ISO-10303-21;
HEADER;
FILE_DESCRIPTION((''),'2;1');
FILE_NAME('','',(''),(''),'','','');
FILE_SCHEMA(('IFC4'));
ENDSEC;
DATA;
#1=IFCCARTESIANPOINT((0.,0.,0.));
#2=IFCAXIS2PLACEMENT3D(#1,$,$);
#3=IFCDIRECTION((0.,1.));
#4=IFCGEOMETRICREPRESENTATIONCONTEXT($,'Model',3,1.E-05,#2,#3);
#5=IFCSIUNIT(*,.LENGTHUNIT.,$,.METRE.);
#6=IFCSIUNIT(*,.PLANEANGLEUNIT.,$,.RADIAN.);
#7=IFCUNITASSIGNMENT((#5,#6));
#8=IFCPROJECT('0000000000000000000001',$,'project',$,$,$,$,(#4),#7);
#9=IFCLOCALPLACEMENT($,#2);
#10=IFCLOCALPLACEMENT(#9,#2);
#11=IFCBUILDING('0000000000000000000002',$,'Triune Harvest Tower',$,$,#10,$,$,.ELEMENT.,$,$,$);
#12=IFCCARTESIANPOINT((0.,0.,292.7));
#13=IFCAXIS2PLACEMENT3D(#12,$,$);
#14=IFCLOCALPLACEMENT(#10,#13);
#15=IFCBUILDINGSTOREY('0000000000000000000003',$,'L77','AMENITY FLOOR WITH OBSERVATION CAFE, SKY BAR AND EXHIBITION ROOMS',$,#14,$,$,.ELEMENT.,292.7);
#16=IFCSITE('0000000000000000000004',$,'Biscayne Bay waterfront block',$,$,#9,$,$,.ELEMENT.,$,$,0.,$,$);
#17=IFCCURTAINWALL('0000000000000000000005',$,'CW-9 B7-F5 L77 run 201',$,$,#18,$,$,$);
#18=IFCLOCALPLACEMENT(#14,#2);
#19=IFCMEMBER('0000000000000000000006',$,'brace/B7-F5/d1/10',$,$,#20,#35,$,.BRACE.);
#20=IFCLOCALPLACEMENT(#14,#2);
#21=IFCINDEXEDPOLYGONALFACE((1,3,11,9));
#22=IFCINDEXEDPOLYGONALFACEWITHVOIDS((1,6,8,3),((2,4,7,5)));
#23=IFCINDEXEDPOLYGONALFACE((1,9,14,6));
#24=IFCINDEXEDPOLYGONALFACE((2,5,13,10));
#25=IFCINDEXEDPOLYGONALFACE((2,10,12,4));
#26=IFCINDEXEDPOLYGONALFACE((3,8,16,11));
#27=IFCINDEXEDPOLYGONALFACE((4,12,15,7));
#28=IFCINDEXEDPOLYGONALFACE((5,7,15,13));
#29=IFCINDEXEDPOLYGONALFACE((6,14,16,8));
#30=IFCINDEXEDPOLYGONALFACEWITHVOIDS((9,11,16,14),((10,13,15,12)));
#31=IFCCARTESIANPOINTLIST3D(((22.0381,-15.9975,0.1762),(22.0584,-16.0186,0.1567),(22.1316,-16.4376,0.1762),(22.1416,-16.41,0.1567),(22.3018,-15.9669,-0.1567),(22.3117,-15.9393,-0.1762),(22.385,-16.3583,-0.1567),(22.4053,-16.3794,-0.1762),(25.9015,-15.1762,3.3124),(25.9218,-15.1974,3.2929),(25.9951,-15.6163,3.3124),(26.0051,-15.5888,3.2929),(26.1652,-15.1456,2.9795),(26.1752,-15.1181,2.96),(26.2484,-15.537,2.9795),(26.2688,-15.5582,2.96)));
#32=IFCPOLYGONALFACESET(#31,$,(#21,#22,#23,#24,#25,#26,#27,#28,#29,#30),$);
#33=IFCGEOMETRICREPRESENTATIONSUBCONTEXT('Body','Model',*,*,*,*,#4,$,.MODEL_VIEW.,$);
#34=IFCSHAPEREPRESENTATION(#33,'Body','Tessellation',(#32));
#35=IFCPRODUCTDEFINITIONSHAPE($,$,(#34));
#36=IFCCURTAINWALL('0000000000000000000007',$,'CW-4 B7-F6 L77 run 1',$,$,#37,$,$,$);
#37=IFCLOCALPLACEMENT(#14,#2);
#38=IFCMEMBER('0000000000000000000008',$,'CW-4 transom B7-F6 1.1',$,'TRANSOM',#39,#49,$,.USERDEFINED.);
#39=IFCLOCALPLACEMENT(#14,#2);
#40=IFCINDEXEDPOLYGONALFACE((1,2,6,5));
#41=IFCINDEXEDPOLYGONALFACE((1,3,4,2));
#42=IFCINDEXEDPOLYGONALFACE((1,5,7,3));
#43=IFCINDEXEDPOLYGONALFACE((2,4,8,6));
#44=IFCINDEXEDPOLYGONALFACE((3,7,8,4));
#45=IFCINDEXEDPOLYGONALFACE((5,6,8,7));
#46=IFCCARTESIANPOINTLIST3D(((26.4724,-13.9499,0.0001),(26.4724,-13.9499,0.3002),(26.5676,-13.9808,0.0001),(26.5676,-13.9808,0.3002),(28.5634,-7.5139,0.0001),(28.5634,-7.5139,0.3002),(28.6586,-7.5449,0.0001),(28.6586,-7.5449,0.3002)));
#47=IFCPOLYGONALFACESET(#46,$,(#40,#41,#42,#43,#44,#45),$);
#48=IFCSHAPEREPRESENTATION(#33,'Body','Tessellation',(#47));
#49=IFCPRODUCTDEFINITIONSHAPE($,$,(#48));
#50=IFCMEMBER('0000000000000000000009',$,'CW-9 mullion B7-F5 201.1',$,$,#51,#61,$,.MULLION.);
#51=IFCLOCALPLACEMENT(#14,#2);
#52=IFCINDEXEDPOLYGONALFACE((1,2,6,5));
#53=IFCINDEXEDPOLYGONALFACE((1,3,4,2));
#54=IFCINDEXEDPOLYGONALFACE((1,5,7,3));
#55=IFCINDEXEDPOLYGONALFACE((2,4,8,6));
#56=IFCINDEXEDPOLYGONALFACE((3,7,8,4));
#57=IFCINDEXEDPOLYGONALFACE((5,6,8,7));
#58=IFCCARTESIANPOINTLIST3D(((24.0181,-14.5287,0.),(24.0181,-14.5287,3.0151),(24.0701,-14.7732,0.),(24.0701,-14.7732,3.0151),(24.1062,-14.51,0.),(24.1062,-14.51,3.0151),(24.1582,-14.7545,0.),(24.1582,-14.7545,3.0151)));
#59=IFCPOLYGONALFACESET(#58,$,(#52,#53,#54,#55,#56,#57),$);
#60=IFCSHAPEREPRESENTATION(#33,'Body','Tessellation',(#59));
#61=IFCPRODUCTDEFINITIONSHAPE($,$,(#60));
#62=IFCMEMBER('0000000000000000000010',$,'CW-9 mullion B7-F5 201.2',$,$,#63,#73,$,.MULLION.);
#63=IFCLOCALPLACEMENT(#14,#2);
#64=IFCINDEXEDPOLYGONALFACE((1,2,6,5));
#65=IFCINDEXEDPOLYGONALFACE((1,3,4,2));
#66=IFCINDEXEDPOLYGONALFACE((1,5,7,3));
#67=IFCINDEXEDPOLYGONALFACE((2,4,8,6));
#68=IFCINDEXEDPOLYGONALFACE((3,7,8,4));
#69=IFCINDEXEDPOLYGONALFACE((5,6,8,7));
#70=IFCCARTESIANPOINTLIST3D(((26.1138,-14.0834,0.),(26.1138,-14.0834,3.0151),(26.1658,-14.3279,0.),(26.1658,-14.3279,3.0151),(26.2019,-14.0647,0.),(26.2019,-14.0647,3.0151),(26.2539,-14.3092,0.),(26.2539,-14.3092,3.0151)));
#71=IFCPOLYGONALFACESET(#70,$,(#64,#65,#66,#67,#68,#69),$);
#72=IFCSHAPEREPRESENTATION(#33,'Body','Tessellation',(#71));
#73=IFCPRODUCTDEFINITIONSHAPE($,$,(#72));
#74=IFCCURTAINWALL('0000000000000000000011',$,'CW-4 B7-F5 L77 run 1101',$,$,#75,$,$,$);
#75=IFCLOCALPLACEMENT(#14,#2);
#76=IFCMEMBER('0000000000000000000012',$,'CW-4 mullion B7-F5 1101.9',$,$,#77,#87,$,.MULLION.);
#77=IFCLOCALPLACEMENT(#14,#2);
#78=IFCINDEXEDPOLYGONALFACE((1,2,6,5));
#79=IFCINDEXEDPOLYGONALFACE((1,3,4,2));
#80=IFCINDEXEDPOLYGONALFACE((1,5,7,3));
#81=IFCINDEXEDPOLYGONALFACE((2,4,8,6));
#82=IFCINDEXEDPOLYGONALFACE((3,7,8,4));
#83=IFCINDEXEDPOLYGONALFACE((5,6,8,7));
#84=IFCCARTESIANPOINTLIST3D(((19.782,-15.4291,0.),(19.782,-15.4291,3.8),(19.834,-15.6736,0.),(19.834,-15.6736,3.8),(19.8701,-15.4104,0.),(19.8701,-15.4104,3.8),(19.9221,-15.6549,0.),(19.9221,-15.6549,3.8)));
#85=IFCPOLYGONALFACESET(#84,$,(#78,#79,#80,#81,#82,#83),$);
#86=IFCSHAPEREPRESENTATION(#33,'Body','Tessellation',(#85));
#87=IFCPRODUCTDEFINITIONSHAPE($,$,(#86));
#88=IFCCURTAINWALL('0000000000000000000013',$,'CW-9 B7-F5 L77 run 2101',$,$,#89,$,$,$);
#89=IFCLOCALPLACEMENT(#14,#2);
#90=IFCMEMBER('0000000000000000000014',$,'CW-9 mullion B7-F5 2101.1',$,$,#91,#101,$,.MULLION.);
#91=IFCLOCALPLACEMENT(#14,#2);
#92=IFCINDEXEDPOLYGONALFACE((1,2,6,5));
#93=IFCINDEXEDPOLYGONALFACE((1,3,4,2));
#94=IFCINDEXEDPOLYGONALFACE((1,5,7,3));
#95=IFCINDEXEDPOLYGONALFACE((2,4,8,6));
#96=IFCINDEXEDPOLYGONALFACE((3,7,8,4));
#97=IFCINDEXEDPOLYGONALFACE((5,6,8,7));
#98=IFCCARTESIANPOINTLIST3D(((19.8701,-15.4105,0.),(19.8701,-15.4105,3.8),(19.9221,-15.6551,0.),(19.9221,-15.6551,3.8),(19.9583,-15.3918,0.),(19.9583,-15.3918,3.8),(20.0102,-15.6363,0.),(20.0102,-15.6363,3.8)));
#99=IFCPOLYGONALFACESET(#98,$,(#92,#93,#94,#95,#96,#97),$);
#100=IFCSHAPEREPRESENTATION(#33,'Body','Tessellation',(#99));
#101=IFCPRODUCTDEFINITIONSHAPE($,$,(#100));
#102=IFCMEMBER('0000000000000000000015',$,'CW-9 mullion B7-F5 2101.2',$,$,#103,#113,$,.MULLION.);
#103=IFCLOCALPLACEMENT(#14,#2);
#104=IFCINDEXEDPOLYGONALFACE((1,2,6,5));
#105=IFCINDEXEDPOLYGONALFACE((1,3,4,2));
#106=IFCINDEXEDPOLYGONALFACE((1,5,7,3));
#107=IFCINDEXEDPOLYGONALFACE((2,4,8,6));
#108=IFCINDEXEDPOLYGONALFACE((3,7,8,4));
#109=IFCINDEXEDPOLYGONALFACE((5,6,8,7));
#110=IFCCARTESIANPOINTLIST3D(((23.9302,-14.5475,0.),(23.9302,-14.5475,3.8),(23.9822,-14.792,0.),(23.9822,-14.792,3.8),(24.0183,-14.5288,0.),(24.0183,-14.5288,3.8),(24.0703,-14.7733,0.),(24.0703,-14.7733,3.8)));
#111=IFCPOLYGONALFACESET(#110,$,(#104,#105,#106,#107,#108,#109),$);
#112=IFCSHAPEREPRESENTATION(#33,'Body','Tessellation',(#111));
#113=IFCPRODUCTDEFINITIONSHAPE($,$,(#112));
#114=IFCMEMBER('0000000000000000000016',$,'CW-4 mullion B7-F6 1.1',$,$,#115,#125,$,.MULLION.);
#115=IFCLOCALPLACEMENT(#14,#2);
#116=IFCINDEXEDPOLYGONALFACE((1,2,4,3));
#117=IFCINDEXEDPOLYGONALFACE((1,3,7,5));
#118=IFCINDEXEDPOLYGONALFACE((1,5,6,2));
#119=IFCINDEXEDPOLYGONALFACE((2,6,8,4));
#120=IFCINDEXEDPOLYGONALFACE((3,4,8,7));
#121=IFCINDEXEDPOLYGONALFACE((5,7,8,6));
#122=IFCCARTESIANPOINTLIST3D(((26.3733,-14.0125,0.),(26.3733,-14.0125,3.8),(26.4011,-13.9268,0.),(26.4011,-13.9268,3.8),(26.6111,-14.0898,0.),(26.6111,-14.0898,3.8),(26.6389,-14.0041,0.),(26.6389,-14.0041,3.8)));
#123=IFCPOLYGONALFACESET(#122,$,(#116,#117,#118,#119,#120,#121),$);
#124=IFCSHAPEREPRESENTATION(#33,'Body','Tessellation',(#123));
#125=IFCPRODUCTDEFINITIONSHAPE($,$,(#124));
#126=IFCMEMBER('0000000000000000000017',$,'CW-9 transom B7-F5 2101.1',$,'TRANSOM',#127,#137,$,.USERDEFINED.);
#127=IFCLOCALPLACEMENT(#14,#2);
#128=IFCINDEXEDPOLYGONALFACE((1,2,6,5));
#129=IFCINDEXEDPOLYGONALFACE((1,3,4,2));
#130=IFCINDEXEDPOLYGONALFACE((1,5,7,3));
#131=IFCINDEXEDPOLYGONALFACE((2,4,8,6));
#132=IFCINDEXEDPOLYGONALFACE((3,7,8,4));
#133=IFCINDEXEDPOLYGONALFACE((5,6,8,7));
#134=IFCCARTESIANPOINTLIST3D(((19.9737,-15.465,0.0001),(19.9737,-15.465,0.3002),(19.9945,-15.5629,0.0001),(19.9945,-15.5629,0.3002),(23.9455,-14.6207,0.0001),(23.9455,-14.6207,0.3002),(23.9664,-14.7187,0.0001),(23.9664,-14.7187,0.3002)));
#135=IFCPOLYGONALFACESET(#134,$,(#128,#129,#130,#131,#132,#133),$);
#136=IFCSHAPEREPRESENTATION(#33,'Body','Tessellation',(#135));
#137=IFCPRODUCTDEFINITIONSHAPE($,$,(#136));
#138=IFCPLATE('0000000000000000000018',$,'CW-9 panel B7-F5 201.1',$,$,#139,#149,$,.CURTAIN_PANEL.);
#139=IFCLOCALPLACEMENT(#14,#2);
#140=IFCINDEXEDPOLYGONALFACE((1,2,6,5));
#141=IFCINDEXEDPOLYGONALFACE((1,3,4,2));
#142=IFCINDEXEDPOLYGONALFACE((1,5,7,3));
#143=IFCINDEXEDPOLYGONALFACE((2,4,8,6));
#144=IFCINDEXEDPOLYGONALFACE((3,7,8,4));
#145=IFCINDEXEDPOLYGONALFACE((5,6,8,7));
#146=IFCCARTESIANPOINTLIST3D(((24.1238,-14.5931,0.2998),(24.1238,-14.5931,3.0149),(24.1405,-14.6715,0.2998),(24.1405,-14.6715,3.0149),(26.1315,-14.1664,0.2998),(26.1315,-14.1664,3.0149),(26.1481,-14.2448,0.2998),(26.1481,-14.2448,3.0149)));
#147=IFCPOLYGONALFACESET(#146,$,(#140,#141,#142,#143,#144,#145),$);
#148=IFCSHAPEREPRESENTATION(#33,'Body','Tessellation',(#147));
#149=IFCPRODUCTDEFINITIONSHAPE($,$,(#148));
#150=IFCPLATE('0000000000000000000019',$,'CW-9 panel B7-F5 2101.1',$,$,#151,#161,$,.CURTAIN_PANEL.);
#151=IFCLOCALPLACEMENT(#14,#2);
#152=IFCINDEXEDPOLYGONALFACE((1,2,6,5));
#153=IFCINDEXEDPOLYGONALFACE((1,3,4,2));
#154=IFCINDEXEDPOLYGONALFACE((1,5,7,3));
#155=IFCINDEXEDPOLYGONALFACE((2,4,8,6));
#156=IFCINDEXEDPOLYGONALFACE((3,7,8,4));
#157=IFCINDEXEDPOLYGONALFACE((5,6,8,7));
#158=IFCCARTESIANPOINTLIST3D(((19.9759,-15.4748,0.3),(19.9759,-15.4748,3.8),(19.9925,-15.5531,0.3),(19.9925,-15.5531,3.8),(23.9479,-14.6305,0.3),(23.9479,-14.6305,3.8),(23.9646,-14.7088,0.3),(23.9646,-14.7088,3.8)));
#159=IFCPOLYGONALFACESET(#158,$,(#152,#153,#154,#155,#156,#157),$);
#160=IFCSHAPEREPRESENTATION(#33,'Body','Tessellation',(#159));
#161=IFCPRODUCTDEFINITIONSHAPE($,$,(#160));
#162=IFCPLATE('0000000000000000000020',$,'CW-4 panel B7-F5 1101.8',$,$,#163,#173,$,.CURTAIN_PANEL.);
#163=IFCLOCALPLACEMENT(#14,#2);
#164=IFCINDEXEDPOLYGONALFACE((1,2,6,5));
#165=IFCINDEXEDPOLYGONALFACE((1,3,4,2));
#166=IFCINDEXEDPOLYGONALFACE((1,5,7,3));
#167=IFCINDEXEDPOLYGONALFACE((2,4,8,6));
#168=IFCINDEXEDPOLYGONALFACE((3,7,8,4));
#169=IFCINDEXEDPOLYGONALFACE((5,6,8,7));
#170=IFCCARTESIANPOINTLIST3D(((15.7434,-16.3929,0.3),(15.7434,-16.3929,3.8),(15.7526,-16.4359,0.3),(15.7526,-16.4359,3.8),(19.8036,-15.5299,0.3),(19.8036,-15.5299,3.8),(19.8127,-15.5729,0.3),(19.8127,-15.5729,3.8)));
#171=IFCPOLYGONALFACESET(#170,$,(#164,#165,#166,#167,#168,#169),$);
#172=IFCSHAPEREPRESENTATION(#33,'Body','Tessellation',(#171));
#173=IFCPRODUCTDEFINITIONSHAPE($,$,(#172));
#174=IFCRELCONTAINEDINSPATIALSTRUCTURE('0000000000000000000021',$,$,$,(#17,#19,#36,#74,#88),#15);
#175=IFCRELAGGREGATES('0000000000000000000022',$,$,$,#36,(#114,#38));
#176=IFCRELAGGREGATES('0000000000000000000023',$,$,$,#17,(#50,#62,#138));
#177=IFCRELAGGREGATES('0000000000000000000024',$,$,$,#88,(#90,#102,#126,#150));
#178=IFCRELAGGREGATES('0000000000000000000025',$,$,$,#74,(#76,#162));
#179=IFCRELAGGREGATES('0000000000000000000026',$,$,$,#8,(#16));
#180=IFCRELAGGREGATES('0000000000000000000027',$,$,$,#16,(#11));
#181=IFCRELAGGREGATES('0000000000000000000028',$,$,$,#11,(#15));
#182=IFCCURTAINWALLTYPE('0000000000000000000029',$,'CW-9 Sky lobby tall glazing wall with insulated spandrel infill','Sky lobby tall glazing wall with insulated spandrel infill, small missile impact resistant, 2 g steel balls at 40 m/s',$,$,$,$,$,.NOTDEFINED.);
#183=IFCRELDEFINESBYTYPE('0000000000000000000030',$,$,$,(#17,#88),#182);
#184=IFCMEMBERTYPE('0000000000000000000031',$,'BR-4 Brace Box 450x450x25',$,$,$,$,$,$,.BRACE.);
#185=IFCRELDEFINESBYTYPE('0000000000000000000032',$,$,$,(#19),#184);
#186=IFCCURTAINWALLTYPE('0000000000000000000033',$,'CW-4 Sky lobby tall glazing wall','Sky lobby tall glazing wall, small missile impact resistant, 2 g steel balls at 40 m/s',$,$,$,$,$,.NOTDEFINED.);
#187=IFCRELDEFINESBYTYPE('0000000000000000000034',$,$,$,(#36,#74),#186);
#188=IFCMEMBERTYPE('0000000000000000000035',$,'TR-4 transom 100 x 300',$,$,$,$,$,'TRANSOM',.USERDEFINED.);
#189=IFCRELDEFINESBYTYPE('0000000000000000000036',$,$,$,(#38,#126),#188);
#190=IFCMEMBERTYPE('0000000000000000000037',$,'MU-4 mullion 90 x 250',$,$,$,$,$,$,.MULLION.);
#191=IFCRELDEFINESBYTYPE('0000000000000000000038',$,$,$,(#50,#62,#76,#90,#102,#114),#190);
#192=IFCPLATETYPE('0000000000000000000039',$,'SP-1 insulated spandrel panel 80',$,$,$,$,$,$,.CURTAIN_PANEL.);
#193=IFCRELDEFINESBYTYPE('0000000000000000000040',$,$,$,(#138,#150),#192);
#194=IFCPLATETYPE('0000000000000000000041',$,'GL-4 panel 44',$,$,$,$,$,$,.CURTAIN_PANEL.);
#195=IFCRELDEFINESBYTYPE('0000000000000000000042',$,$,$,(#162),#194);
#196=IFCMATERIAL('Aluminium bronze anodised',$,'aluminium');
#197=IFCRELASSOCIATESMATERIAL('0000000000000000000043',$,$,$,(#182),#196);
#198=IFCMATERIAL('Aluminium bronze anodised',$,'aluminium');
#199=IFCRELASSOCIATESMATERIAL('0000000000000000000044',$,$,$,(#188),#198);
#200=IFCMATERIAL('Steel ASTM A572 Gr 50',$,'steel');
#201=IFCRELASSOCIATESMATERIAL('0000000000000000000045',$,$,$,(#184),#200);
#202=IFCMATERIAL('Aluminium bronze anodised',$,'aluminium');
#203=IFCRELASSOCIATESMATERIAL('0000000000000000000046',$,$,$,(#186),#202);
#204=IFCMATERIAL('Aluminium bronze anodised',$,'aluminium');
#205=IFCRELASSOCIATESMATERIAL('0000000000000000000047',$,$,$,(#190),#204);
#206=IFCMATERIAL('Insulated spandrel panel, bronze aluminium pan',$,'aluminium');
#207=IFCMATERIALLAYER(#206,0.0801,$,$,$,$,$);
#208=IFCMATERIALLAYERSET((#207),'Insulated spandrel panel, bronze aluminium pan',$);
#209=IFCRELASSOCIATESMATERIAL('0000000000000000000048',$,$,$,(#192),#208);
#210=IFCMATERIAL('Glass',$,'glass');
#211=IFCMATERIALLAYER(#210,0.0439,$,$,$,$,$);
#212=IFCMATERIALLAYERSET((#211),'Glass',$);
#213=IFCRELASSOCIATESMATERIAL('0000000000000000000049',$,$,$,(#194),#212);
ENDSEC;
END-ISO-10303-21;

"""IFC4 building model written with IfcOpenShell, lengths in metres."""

from ifc_helpers import new_model, si_unit, direction, frame, origin, origin_2d, place, context, subcontext, project, spatial, rectangle, hollow_rectangle, extrude, source, transform, mapped, material, layer, layer_set, material_profile, profile_set, type_object, element, aggregate, save


model = new_model("IFC4")

# Units and contexts
model_context = context("Model", 3, precision=1e-05, world=origin(), true_north=direction((0.0, 1.0)))
body_context = subcontext(model_context, "Body", "Model", "MODEL_VIEW")
ifc_project = project(units=[si_unit("LENGTHUNIT", "METRE"), si_unit("PLANEANGLEUNIT", "RADIAN")], contexts=[model_context])

# Site, building, storey
site_placement = place(None, origin())
site = spatial("IfcSite", under=ifc_project, at=site_placement, Name="Biscayne Bay waterfront block", CompositionType="ELEMENT", RefElevation=0.0)
building_placement = place(site_placement, origin())
building = spatial("IfcBuilding", under=site, at=building_placement, Name="Triune Harvest Tower", CompositionType="ELEMENT")
storey_placement = place(building_placement, frame((0.0, 0.0, 292.7)))
storey = spatial("IfcBuildingStorey", under=building, at=storey_placement, Name="L77", Description="AMENITY FLOOR WITH OBSERVATION CAFE, SKY BAR AND EXHIBITION ROOMS", CompositionType="ELEMENT", Elevation=292.7)

# Curtain wall
ifc_material_1 = material(Name="Aluminium bronze anodised", Category="aluminium")
curtain_wall_type_1 = type_object("IfcCurtainWallType", Name="CW-9 Sky lobby tall glazing wall with insulated spandrel infill", Description="Sky lobby tall glazing wall with insulated spandrel infill, small missile impact resistant, 2 g steel balls at 40 m/s", PredefinedType="NOTDEFINED", material=ifc_material_1)
curtain_wall_1_placement = place(storey_placement, origin())
curtain_wall_1 = element("IfcCurtainWall", 1, at=curtain_wall_1_placement, inside=storey, type_object=curtain_wall_type_1, Name="CW-9 B7-F5 L77 run 201")
ifc_material_2 = material(Name="Aluminium bronze anodised", Category="aluminium")
ifc_material_profile_1 = material_profile(ifc_material_2, rectangle(XDim=0.1001, YDim=0.3, at=origin_2d()), Name="TR-4 transom 100 x 300")
ifc_profile_set_1 = profile_set([ifc_material_profile_1], Name="Aluminium bronze anodised")
member_type_1 = type_object("IfcMemberType", Name="TR-4 transom 100 x 300", ElementType="TRANSOM", PredefinedType="USERDEFINED", material=ifc_profile_set_1)

# Member
ifc_material_3 = material(Name="Steel ASTM A572 Gr 50", Category="steel")
ifc_material_profile_2 = material_profile(ifc_material_3, hollow_rectangle(XDim=0.45, YDim=0.45, WallThickness=0.0249, at=origin_2d()), Name="Box 450x450x25")
ifc_profile_set_2 = profile_set([ifc_material_profile_2], Name="Steel ASTM A572 Gr 50")
member_type_2 = type_object("IfcMemberType", Name="BR-4 Brace Box 450x450x25", PredefinedType="BRACE", material=ifc_profile_set_2)
shared_shape_1 = source(origin(), body_context, "Body", "SweptSolid", [
    extrude(hollow_rectangle(XDim=0.45, YDim=0.45, WallThickness=0.0249, at=origin_2d()), origin(), (0.0, 0.0, 1.0), 5.0435),
])
member_1_placement = place(storey_placement, frame((22.2217, -16.1885, 0.0), z_axis=(0.766035, 0.16284, 0.621831), x_axis=(-0.207929, 0.978144, 0.0)))
element("IfcMember", 2, at=member_1_placement, inside=storey, type_object=member_type_2, Name="brace/B7-F5/d1/10", PredefinedType="BRACE", context=body_context, shape_type="MappedRepresentation", body=[
    mapped(shared_shape_1, transform((0.0, 0.0, 0.0), scale=1.0)),
])

# Curtain wall, member
ifc_material_4 = material(Name="Aluminium bronze anodised", Category="aluminium")
curtain_wall_type_2 = type_object("IfcCurtainWallType", Name="CW-4 Sky lobby tall glazing wall", Description="Sky lobby tall glazing wall, small missile impact resistant, 2 g steel balls at 40 m/s", PredefinedType="NOTDEFINED", material=ifc_material_4)
curtain_wall_2_placement = place(storey_placement, origin())
curtain_wall_2 = element("IfcCurtainWall", 3, at=curtain_wall_2_placement, inside=storey, type_object=curtain_wall_type_2, Name="CW-4 B7-F6 L77 run 1")
shared_shape_2 = source(origin(), body_context, "Body", "SweptSolid", [
    extrude(rectangle(XDim=0.1001, YDim=0.3, at=origin_2d()), origin(), (0.0, 0.0, 1.0), 6.7671),
])
member_2_placement = place(storey_placement, frame((26.52, -13.9653, 0.1501), z_axis=(0.309, 0.951062, 0.0), x_axis=(-0.951062, 0.309, 0.0)))
member_2 = element("IfcMember", 4, at=member_2_placement, type_object=member_type_1, Name="CW-4 transom B7-F6 1.1", ObjectType="TRANSOM", PredefinedType="USERDEFINED", context=body_context, shape_type="MappedRepresentation", body=[
    mapped(shared_shape_2, transform((0.0, 0.0, 0.0), scale=1.0)),
])

# Members
ifc_material_5 = material(Name="Aluminium bronze anodised", Category="aluminium")
ifc_material_profile_3 = material_profile(ifc_material_5, rectangle(XDim=0.25, YDim=0.0901, at=origin_2d()), Name="MU-4 mullion 90 x 250")
ifc_profile_set_3 = profile_set([ifc_material_profile_3], Name="Aluminium bronze anodised")
member_type_3 = type_object("IfcMemberType", Name="MU-4 mullion 90 x 250", PredefinedType="MULLION", material=ifc_profile_set_3)
shared_shape_3 = source(origin(), body_context, "Body", "SweptSolid", [
    extrude(rectangle(XDim=0.25, YDim=0.0901, at=origin_2d()), origin(), (0.0, 0.0, 1.0), 3.0151),
])
member_3_placement = place(storey_placement, frame((24.0881, -14.6416, 0.0), z_axis=(0.0, 0.0, 1.0), x_axis=(-0.207895, 0.978151, 0.0)))
member_3 = element("IfcMember", 5, at=member_3_placement, type_object=member_type_3, Name="CW-9 mullion B7-F5 201.1", PredefinedType="MULLION", context=body_context, shape_type="MappedRepresentation", body=[
    mapped(shared_shape_3, transform((0.0, 0.0, 0.0), scale=1.0)),
])
member_4_placement = place(storey_placement, frame((26.1838, -14.1963, 0.0), z_axis=(0.0, 0.0, 1.0), x_axis=(-0.207895, 0.978151, 0.0)))
member_4 = element("IfcMember", 6, at=member_4_placement, type_object=member_type_3, Name="CW-9 mullion B7-F5 201.2", PredefinedType="MULLION", context=body_context, shape_type="MappedRepresentation", body=[
    mapped(shared_shape_3, transform((0.0, 0.0, 0.0), scale=1.0)),
])

# Curtain wall, member
curtain_wall_3_placement = place(storey_placement, origin())
curtain_wall_3 = element("IfcCurtainWall", 7, at=curtain_wall_3_placement, inside=storey, type_object=curtain_wall_type_2, Name="CW-4 B7-F5 L77 run 1101")
shared_shape_4 = source(origin(), body_context, "Body", "SweptSolid", [
    extrude(rectangle(XDim=0.25, YDim=0.0901, at=origin_2d()), origin(), (0.0, 0.0, 1.0), 3.8),
])
member_5_placement = place(storey_placement, frame((19.8521, -15.542, 0.0), z_axis=(0.0, 0.0, 1.0), x_axis=(-0.20791, 0.978148, 0.0)))
member_5 = element("IfcMember", 8, at=member_5_placement, type_object=member_type_3, Name="CW-4 mullion B7-F5 1101.9", PredefinedType="MULLION", context=body_context, shape_type="MappedRepresentation", body=[
    mapped(shared_shape_4, transform((0.0, 0.0, 0.0), scale=1.0)),
])

# Curtain wall, members
curtain_wall_4_placement = place(storey_placement, origin())
curtain_wall_4 = element("IfcCurtainWall", 9, at=curtain_wall_4_placement, inside=storey, type_object=curtain_wall_type_1, Name="CW-9 B7-F5 L77 run 2101")
member_6_placement = place(storey_placement, frame((19.9402, -15.5234, 0.0), z_axis=(0.0, 0.0, 1.0), x_axis=(-0.20791, 0.978148, 0.0)))
member_6 = element("IfcMember", 10, at=member_6_placement, type_object=member_type_3, Name="CW-9 mullion B7-F5 2101.1", PredefinedType="MULLION", context=body_context, shape_type="MappedRepresentation", body=[
    mapped(shared_shape_4, transform((0.0, 0.0, 0.0), scale=1.0)),
])
member_7_placement = place(storey_placement, frame((24.0002, -14.6604, 0.0), z_axis=(0.0, 0.0, 1.0), x_axis=(-0.20791, 0.978148, 0.0)))
member_7 = element("IfcMember", 11, at=member_7_placement, type_object=member_type_3, Name="CW-9 mullion B7-F5 2101.2", PredefinedType="MULLION", context=body_context, shape_type="MappedRepresentation", body=[
    mapped(shared_shape_4, transform((0.0, 0.0, 0.0), scale=1.0)),
])

# Members
member_8_placement = place(storey_placement, frame((26.5061, -14.0083, 0.0), z_axis=(0.0, 0.0, 1.0), x_axis=(-0.951056, 0.309019, 0.0)))
member_8 = element("IfcMember", 12, at=member_8_placement, type_object=member_type_3, Name="CW-4 mullion B7-F6 1.1", PredefinedType="MULLION", context=body_context, shape_type="MappedRepresentation", body=[
    mapped(shared_shape_4, transform((0.0, 0.0, 0.0), scale=1.0)),
])
aggregate(curtain_wall_2, [member_8, member_2])
shared_shape_5 = source(origin(), body_context, "Body", "SweptSolid", [
    extrude(rectangle(XDim=0.1001, YDim=0.3, at=origin_2d()), origin(), (0.0, 0.0, 1.0), 4.0605),
])
member_9_placement = place(storey_placement, frame((19.9841, -15.5139, 0.1501), z_axis=(0.978149, 0.207907, 0.0), x_axis=(-0.207907, 0.978149, 0.0)))
member_9 = element("IfcMember", 13, at=member_9_placement, type_object=member_type_1, Name="CW-9 transom B7-F5 2101.1", ObjectType="TRANSOM", PredefinedType="USERDEFINED", context=body_context, shape_type="MappedRepresentation", body=[
    mapped(shared_shape_5, transform((0.0, 0.0, 0.0), scale=1.0)),
])

# Plates
ifc_material_6 = material(Name="Insulated spandrel panel, bronze aluminium pan", Category="aluminium")
ifc_layer_1 = layer(ifc_material_6, 0.0801)
ifc_layer_set_1 = layer_set([ifc_layer_1], Name="Insulated spandrel panel, bronze aluminium pan")
plate_type_1 = type_object("IfcPlateType", Name="SP-1 insulated spandrel panel 80", PredefinedType="CURTAIN_PANEL", material=ifc_layer_set_1)
plate_1_placement = place(storey_placement, frame((25.136, -14.4189, 0.2998), z_axis=(0.0, 0.0, 1.0), x_axis=(0.978151, 0.207895, 0.0)))
plate_1 = element("IfcPlate", 14, at=plate_1_placement, type_object=plate_type_1, Name="CW-9 panel B7-F5 201.1", PredefinedType="CURTAIN_PANEL", context=body_context, shape_type="SweptSolid", body=[
    extrude(rectangle(XDim=2.0525, YDim=0.0801, at=origin_2d()), origin(), (0.0, 0.0, 1.0), 2.7151),
])
aggregate(curtain_wall_1, [member_3, member_4, plate_1])
shared_shape_6 = source(origin(), body_context, "Body", "SweptSolid", [
    extrude(rectangle(XDim=4.0608, YDim=0.0801, at=origin_2d()), origin(), (0.0, 0.0, 1.0), 3.5),
])
plate_2_placement = place(storey_placement, frame((21.9702, -15.0918, 0.3), z_axis=(0.0, 0.0, 1.0), x_axis=(0.978148, 0.20791, 0.0)))
plate_2 = element("IfcPlate", 15, at=plate_2_placement, type_object=plate_type_1, Name="CW-9 panel B7-F5 2101.1", PredefinedType="CURTAIN_PANEL", context=body_context, shape_type="MappedRepresentation", body=[
    mapped(shared_shape_6, transform((0.0, 0.0, 0.0), scale=1.0)),
])
aggregate(curtain_wall_4, [member_6, member_7, member_9, plate_2])
ifc_material_7 = material(Name="Glass", Category="glass")
ifc_layer_2 = layer(ifc_material_7, 0.0439)
ifc_layer_set_2 = layer_set([ifc_layer_2], Name="Glass")
plate_type_2 = type_object("IfcPlateType", Name="GL-4 panel 44", PredefinedType="CURTAIN_PANEL", material=ifc_layer_set_2)
shared_shape_7 = source(origin(), body_context, "Body", "SweptSolid", [
    extrude(rectangle(XDim=4.1509, YDim=0.0439, at=origin_2d()), origin(), (0.0, 0.0, 1.0), 3.5),
])
plate_3_placement = place(storey_placement, frame((17.7781, -15.9829, 0.3), z_axis=(0.0, 0.0, 1.0), x_axis=(0.978148, 0.20791, 0.0)))
plate_3 = element("IfcPlate", 16, at=plate_3_placement, type_object=plate_type_2, Name="CW-4 panel B7-F5 1101.8", PredefinedType="CURTAIN_PANEL", context=body_context, shape_type="MappedRepresentation", body=[
    mapped(shared_shape_7, transform((0.0, 0.0, 0.0), scale=1.0)),
])
aggregate(curtain_wall_3, [member_5, plate_3])

save(model, "model.ifc")
